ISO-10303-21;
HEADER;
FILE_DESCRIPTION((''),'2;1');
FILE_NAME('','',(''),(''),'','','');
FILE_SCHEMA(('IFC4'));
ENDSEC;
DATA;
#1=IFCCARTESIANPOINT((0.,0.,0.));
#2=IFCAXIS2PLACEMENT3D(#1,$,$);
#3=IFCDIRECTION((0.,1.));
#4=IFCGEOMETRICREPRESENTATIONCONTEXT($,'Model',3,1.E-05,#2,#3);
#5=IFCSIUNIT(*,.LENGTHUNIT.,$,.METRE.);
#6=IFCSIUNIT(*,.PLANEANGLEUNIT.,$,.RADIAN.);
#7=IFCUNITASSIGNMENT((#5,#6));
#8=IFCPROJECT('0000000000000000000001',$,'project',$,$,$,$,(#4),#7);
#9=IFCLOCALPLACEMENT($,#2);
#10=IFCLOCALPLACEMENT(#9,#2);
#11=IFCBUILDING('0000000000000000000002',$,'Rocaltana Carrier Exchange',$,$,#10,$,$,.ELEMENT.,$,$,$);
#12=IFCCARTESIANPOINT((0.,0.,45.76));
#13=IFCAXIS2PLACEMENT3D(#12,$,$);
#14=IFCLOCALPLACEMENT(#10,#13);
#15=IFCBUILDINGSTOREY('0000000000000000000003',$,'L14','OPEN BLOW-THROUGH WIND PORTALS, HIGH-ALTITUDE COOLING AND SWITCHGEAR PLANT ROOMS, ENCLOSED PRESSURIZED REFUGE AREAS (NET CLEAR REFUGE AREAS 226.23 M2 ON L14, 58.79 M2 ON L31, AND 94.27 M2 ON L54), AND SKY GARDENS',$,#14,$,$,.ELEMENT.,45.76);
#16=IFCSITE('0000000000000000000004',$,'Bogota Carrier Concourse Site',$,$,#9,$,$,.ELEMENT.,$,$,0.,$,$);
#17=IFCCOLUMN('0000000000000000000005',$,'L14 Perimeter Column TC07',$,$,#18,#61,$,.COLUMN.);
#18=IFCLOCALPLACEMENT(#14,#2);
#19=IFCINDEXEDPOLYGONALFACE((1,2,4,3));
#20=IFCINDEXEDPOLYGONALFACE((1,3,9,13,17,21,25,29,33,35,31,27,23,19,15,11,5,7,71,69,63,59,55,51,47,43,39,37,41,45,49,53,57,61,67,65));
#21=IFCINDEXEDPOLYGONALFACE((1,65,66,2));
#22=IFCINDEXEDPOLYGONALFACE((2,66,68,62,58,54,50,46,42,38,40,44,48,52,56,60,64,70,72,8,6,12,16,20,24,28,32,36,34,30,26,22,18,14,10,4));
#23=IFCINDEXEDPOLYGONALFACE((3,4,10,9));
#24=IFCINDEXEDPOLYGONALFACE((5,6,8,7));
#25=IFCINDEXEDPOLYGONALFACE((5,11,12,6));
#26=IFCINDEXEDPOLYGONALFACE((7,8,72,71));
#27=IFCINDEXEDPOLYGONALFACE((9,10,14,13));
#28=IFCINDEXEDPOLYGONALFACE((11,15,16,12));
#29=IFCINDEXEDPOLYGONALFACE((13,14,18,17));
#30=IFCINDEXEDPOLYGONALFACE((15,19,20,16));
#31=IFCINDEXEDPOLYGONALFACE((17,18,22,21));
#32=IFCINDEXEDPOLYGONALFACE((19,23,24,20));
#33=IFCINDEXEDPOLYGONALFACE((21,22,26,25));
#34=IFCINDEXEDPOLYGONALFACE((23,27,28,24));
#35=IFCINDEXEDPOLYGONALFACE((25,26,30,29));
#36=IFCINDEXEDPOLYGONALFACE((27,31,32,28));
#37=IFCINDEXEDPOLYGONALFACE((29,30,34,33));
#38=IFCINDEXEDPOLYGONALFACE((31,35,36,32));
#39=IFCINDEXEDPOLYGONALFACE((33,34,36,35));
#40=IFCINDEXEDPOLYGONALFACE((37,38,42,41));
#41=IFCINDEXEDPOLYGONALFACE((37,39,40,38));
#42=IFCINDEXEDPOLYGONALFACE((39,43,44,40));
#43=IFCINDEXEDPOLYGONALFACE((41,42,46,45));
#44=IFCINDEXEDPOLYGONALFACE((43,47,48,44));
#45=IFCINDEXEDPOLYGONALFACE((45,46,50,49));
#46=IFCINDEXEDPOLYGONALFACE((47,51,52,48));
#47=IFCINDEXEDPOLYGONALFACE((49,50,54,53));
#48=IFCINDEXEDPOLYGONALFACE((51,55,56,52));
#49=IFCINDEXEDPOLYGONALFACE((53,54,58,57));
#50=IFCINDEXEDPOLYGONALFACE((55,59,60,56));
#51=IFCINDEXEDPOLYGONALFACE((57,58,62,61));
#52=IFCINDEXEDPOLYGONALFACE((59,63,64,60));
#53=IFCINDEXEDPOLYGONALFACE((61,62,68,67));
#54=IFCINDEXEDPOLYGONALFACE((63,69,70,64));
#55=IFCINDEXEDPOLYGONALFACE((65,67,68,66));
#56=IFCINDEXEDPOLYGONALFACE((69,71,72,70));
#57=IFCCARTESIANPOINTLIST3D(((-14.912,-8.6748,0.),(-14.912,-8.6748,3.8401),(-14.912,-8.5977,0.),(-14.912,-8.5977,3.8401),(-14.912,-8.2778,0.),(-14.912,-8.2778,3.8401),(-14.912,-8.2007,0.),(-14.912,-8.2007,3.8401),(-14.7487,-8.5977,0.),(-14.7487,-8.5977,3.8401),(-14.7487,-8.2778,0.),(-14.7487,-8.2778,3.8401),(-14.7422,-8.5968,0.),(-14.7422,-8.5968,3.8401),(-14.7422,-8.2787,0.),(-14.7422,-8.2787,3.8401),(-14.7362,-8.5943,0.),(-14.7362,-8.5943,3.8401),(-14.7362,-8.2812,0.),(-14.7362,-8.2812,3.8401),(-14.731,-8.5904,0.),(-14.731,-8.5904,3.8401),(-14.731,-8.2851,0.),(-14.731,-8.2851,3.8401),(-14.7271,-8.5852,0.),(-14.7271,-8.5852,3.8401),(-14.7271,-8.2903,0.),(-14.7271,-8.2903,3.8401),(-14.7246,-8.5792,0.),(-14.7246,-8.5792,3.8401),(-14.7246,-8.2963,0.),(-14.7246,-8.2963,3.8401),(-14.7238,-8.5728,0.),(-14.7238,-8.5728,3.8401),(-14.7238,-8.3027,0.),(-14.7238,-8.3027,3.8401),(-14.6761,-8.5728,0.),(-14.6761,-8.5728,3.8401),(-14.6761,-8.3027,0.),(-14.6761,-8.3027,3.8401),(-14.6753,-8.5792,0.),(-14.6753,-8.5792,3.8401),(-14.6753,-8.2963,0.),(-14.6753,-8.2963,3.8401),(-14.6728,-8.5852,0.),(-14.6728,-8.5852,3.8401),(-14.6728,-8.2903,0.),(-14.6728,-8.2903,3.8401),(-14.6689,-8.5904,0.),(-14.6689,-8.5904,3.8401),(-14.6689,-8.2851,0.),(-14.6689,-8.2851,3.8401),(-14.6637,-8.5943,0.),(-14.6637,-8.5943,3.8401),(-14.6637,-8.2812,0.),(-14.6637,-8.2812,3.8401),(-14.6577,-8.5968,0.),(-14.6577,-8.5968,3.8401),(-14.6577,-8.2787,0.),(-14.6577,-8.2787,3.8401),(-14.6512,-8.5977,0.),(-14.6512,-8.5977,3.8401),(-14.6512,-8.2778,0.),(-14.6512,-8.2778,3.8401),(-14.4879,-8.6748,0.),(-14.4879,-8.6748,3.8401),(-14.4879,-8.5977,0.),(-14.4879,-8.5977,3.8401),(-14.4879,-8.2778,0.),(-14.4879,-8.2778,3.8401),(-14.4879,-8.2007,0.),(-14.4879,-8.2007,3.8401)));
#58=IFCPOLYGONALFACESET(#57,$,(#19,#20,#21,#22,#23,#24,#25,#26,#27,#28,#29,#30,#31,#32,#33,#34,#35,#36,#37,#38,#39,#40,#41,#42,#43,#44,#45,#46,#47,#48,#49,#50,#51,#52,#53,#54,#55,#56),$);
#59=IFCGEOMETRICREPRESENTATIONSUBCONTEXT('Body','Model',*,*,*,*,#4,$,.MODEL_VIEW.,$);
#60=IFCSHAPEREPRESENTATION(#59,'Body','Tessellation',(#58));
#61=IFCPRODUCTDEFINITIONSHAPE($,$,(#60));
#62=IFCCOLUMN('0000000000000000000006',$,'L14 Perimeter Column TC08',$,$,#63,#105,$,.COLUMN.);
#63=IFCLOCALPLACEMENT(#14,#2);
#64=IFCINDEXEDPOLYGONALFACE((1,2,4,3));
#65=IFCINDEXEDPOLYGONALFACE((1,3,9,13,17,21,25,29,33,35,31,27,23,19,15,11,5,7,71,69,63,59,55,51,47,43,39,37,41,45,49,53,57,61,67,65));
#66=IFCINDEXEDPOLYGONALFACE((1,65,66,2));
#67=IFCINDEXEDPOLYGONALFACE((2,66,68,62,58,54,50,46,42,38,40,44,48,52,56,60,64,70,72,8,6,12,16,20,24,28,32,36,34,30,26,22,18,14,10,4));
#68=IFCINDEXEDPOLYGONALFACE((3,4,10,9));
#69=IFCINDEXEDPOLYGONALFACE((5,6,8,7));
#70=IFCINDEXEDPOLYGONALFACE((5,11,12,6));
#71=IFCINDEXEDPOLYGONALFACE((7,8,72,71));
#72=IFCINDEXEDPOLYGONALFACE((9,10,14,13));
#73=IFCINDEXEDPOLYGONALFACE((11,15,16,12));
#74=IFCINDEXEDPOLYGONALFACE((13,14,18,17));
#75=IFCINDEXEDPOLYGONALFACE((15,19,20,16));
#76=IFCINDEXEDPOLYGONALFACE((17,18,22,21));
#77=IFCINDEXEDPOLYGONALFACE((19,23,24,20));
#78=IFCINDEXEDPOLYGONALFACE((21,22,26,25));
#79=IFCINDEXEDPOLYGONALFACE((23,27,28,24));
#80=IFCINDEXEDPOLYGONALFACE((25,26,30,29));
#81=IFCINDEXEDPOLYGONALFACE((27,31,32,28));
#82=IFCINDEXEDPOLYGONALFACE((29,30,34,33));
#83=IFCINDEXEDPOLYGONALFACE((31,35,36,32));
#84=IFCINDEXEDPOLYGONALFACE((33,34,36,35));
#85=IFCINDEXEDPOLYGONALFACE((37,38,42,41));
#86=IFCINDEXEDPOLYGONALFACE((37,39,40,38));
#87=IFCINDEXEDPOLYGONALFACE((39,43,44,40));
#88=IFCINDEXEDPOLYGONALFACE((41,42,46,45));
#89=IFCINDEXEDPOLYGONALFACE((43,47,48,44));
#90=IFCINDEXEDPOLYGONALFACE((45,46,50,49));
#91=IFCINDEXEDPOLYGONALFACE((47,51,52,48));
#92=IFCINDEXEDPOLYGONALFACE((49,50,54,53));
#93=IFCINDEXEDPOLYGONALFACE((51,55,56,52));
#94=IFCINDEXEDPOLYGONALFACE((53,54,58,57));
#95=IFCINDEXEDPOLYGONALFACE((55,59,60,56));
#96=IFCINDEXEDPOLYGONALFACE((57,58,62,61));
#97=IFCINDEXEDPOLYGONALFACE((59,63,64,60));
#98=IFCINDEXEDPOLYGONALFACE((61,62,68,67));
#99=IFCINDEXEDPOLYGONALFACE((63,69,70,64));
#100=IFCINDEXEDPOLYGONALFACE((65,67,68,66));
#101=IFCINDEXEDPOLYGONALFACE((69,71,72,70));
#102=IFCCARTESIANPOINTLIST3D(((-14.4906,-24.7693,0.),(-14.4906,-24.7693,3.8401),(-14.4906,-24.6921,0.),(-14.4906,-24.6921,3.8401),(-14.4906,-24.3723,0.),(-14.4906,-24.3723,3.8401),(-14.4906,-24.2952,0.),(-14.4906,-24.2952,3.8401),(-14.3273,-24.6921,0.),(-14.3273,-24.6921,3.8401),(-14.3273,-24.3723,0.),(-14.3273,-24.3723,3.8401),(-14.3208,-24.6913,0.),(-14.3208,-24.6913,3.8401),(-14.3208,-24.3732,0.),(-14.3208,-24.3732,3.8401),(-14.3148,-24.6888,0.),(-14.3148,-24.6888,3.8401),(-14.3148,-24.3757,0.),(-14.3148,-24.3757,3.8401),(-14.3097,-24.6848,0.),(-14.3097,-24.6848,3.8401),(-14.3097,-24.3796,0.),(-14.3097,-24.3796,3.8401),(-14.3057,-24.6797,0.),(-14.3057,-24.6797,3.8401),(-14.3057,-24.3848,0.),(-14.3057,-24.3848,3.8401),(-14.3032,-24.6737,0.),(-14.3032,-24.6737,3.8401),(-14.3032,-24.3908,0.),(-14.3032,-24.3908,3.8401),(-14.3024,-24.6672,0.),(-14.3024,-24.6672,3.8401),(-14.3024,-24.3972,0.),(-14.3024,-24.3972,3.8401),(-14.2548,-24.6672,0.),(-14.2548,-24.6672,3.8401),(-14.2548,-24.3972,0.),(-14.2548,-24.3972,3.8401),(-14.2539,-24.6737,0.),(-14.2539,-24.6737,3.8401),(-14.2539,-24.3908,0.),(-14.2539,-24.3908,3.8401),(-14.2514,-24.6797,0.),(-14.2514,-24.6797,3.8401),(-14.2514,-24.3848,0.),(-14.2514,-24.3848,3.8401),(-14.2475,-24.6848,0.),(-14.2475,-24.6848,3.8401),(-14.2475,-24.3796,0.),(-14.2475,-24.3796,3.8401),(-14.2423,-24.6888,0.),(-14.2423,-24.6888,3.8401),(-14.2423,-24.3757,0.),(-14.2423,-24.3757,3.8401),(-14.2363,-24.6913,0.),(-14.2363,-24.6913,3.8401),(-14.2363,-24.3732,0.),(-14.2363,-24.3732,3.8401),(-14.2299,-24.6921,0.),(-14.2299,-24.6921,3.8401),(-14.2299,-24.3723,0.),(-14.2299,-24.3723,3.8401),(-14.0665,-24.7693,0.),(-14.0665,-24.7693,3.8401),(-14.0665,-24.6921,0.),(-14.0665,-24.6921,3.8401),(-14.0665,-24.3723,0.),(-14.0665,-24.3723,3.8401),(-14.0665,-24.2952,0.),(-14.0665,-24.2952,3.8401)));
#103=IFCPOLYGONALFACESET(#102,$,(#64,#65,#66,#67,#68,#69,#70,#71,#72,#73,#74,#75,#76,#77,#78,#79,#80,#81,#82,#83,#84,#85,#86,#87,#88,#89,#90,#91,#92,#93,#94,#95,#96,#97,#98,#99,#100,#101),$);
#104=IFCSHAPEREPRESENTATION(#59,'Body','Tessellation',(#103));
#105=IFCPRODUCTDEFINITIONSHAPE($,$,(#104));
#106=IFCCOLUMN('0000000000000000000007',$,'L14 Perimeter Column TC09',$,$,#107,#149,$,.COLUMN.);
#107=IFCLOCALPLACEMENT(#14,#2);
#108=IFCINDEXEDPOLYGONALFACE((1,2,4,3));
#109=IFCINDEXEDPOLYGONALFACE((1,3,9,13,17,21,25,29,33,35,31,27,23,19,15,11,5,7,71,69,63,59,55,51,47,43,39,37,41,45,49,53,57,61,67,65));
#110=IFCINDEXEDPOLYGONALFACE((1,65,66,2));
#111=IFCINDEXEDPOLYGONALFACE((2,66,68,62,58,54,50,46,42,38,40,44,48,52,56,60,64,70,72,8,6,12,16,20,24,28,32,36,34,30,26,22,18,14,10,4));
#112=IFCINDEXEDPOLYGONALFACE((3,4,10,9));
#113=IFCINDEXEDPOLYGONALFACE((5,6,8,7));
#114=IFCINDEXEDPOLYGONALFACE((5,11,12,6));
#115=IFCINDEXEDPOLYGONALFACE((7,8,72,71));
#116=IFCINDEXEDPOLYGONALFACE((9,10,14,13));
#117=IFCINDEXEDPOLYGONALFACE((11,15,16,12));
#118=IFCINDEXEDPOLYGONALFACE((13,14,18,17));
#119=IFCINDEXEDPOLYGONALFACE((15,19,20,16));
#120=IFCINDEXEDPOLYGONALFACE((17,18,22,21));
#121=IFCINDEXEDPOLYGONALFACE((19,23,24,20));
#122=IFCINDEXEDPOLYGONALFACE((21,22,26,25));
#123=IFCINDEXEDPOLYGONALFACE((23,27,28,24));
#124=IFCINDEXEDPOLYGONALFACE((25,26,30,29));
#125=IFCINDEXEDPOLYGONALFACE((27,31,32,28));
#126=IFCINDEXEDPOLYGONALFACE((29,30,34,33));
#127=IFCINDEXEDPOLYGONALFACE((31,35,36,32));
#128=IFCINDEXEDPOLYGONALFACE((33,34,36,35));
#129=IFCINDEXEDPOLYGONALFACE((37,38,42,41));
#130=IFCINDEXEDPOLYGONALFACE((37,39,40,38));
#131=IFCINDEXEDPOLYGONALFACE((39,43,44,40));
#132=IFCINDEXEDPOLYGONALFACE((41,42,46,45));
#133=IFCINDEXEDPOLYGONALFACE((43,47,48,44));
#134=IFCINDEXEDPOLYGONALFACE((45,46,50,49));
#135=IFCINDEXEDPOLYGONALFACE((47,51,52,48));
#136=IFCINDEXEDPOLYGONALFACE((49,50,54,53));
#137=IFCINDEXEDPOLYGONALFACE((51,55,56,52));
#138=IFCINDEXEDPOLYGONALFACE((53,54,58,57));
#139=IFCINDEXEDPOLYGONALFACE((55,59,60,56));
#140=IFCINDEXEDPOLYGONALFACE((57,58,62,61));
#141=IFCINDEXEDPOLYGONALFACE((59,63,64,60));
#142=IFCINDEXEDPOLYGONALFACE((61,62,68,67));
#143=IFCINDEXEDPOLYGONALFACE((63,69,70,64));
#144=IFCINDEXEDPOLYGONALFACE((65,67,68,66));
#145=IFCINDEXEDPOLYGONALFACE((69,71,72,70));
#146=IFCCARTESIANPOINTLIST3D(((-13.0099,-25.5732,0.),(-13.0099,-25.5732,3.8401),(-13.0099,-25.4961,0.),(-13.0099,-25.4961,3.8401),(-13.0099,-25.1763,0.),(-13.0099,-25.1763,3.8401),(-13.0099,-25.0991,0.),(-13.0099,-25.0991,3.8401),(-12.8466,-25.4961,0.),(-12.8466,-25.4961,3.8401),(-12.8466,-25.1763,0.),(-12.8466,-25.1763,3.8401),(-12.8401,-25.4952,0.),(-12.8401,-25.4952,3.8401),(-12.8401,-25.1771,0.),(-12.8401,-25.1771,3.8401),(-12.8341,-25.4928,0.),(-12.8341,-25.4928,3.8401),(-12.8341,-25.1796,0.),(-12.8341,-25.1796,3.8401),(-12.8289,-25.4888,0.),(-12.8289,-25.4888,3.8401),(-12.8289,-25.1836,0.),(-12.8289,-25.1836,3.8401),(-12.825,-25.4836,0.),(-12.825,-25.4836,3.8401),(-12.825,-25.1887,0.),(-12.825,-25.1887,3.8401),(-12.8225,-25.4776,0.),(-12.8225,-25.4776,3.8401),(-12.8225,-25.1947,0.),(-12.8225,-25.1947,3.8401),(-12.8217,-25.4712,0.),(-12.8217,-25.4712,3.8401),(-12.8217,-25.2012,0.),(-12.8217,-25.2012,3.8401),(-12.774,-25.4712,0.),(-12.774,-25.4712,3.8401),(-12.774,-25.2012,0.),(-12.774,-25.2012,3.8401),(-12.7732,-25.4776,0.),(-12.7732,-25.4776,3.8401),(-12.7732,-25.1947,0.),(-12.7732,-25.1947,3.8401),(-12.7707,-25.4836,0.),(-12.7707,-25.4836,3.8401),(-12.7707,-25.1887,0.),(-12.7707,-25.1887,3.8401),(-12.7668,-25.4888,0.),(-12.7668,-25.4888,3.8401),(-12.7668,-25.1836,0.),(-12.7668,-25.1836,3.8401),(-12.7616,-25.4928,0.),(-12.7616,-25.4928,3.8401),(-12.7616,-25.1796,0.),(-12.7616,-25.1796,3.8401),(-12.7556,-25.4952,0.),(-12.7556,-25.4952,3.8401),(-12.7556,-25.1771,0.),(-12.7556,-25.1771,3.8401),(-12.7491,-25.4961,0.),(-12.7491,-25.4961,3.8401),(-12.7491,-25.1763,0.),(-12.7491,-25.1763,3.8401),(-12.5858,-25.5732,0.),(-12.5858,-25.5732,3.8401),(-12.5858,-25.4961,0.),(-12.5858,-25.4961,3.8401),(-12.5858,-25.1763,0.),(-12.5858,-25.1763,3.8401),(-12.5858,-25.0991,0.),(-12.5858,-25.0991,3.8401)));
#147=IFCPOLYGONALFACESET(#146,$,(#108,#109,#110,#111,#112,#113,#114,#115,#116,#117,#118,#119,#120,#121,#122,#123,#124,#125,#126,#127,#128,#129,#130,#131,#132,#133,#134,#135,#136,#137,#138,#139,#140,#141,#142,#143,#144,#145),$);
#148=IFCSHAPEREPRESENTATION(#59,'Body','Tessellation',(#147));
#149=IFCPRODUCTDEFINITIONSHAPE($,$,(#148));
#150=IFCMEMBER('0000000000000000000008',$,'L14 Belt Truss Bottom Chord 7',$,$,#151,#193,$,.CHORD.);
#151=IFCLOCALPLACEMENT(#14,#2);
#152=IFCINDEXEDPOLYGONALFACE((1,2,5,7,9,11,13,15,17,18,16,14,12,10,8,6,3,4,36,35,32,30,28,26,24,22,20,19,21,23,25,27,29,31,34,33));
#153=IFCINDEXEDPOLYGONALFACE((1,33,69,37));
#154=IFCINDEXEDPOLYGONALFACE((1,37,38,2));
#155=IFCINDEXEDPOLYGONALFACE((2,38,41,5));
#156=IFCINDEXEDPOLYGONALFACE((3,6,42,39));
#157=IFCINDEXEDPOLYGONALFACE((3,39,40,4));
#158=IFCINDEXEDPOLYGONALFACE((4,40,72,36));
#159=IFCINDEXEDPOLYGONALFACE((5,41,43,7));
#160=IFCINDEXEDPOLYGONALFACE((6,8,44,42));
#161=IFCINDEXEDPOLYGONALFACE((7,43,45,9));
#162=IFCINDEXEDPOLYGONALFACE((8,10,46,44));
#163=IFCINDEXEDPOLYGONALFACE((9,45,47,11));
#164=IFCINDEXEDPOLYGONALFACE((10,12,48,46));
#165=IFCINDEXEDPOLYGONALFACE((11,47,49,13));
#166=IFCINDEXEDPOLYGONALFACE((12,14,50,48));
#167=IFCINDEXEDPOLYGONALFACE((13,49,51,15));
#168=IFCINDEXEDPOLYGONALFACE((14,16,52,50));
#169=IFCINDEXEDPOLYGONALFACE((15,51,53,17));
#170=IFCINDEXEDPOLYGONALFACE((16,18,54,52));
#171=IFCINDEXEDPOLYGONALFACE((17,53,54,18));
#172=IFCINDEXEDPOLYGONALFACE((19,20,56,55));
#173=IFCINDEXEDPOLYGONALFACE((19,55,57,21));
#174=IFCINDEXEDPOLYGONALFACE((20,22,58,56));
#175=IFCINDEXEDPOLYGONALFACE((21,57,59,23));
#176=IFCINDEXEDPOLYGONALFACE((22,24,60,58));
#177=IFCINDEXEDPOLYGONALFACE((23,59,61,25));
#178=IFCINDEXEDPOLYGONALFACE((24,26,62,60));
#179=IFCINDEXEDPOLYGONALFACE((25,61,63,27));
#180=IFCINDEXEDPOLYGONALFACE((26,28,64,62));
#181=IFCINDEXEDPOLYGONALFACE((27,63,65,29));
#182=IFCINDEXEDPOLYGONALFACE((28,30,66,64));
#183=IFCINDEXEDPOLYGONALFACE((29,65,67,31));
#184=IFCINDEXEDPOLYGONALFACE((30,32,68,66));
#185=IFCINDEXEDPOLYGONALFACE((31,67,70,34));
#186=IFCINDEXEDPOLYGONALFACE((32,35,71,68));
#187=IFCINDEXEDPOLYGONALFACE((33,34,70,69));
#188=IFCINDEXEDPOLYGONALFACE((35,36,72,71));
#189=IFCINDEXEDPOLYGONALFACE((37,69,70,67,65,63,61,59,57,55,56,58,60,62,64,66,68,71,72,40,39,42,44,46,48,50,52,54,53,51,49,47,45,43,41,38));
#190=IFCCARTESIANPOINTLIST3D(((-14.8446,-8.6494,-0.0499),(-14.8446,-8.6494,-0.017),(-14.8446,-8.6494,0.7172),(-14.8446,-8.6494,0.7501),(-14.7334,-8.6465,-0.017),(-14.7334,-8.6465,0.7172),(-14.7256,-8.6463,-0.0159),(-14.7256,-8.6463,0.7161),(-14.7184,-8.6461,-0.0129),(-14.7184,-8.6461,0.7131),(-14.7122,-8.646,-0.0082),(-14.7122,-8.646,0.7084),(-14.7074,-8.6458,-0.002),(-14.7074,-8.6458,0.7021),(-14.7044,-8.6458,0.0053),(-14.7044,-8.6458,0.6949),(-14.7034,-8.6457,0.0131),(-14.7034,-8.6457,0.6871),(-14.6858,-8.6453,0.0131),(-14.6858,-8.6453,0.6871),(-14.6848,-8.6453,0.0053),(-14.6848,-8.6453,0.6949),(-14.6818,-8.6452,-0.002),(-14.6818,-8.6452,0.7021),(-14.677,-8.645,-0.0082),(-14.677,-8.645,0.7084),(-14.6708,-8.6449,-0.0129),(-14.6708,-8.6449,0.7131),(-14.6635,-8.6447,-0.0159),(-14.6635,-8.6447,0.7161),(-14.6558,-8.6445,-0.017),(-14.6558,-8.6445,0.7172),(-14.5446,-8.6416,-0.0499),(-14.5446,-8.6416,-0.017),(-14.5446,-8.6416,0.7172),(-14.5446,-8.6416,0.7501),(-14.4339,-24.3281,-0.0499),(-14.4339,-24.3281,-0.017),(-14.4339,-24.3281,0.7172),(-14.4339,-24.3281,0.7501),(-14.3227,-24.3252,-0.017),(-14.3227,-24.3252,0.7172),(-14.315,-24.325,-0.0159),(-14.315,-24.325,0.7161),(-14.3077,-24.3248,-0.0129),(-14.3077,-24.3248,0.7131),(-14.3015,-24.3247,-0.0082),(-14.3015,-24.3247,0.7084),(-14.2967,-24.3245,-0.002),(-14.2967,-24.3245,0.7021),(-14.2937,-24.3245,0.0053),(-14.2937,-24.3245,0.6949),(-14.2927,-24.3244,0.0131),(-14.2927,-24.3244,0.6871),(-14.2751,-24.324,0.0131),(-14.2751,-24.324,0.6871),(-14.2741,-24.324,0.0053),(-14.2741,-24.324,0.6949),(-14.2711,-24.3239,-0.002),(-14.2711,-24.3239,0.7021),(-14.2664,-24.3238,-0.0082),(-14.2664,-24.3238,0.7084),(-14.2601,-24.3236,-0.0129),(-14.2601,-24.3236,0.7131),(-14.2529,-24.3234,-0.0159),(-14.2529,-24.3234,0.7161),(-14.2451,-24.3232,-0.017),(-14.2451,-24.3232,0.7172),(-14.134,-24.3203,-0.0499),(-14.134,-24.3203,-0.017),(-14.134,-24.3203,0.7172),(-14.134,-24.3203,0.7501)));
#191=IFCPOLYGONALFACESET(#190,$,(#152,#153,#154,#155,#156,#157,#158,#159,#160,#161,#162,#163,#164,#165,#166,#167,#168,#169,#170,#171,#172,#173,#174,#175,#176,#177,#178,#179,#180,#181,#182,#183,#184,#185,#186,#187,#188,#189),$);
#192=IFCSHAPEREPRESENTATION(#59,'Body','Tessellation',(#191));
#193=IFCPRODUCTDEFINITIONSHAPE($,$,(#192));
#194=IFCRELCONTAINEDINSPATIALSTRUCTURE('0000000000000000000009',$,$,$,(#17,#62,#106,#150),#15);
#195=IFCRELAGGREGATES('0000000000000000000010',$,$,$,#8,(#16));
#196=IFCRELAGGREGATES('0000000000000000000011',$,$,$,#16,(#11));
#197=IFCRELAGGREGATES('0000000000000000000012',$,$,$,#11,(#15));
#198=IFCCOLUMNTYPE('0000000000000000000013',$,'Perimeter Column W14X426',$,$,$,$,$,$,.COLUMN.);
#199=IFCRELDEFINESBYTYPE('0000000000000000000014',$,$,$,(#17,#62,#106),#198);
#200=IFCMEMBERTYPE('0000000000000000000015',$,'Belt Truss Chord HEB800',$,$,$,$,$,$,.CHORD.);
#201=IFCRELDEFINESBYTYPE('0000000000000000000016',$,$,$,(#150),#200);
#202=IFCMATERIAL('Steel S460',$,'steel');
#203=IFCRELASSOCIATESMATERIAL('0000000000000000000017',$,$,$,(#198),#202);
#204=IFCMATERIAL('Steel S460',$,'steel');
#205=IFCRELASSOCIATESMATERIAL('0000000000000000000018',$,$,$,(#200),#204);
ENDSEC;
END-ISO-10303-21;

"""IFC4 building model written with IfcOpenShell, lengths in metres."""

from ifc_helpers import new_model, si_unit, direction, frame, origin, origin_2d, place, context, subcontext, project, spatial, i_section, extrude, material, material_profile, profile_set, type_object, element, save


model = new_model("IFC4")

# Units and contexts
model_context = context("Model", 3, precision=1e-05, world=origin(), true_north=direction((0.0, 1.0)))
body_context = subcontext(model_context, "Body", "Model", "MODEL_VIEW")
ifc_project = project(units=[si_unit("LENGTHUNIT", "METRE"), si_unit("PLANEANGLEUNIT", "RADIAN")], contexts=[model_context])

# Site, building, storey
site_placement = place(None, origin())
site = spatial("IfcSite", under=ifc_project, at=site_placement, Name="Bogota Carrier Concourse Site", CompositionType="ELEMENT", RefElevation=0.0)
building_placement = place(site_placement, origin())
building = spatial("IfcBuilding", under=site, at=building_placement, Name="Rocaltana Carrier Exchange", CompositionType="ELEMENT")
storey_placement = place(building_placement, frame((0.0, 0.0, 45.76)))
storey = spatial("IfcBuildingStorey", under=building, at=storey_placement, Name="L14", Description="OPEN BLOW-THROUGH WIND PORTALS, HIGH-ALTITUDE COOLING AND SWITCHGEAR PLANT ROOMS, ENCLOSED PRESSURIZED REFUGE AREAS (NET CLEAR REFUGE AREAS 226.23 M2 ON L14, 58.79 M2 ON L31, AND 94.27 M2 ON L54), AND SKY GARDENS", CompositionType="ELEMENT", Elevation=45.76)

# Columns
ifc_material_1 = material(Name="Steel S460", Category="steel")
ifc_material_profile_1 = material_profile(ifc_material_1, i_section(OverallWidth=0.4241, OverallDepth=0.4741, WebThickness=0.0476, FlangeThickness=0.0771, FilletRadius=0.0249, at=origin_2d()), Name="W14X426")
ifc_profile_set_1 = profile_set([ifc_material_profile_1], Name="Steel S460")
column_type = type_object("IfcColumnType", Name="Perimeter Column W14X426", PredefinedType="COLUMN", material=ifc_profile_set_1)
for number, where, z_axis, x_axis, name in (
    (1, (-14.7, -8.4377, 0.0), (0.0, 0.0, 1.0), (1.0, 0.0, 0.0), "L14 Perimeter Column TC07"),
    (2, (-14.2786, -24.5322, 0.0), (0.0, 0.0, 1.0), (1.0, 0.0, 0.0), "L14 Perimeter Column TC08"),
    (3, (-12.7979, -25.3362, 0.0), (0.0, 0.0, 1.0), (1.0, 0.0, 0.0), "L14 Perimeter Column TC09"),
):
    element("IfcColumn", number, at=place(storey_placement, frame(where, z_axis=z_axis, x_axis=x_axis)), inside=storey, type_object=column_type, Name=name, PredefinedType="COLUMN", context=body_context, shape_type="SweptSolid", body=[
        extrude(i_section(OverallWidth=0.4241, OverallDepth=0.4741, WebThickness=0.0476, FlangeThickness=0.0771, FilletRadius=0.0249, at=origin_2d()), origin(), (0.0, 0.0, 1.0), 3.8401),
    ])

# Member
ifc_material_2 = material(Name="Steel S460", Category="steel")
ifc_material_profile_2 = material_profile(ifc_material_2, i_section(OverallWidth=0.3, OverallDepth=0.8, WebThickness=0.0176, FlangeThickness=0.033, FilletRadius=0.03, at=origin_2d()), Name="HEB800")
ifc_profile_set_2 = profile_set([ifc_material_profile_2], Name="Steel S460")
member_type_1 = type_object("IfcMemberType", Name="Belt Truss Chord HEB800", PredefinedType="CHORD", material=ifc_profile_set_2)
member_1_placement = place(storey_placement, frame((-14.6946, -8.6455, 0.3501), z_axis=(0.026182, -0.999657, 0.0), x_axis=(0.999657, 0.026182, 0.0)))
element("IfcMember", 4, at=member_1_placement, inside=storey, type_object=member_type_1, Name="L14 Belt Truss Bottom Chord 7", PredefinedType="CHORD", context=body_context, shape_type="SweptSolid", body=[
    extrude(i_section(OverallWidth=0.3, OverallDepth=0.8, WebThickness=0.0176, FlangeThickness=0.033, FilletRadius=0.03, at=origin_2d()), origin(), (0.0, 0.0, 1.0), 15.6841),
])

save(model, "model.ifc")
